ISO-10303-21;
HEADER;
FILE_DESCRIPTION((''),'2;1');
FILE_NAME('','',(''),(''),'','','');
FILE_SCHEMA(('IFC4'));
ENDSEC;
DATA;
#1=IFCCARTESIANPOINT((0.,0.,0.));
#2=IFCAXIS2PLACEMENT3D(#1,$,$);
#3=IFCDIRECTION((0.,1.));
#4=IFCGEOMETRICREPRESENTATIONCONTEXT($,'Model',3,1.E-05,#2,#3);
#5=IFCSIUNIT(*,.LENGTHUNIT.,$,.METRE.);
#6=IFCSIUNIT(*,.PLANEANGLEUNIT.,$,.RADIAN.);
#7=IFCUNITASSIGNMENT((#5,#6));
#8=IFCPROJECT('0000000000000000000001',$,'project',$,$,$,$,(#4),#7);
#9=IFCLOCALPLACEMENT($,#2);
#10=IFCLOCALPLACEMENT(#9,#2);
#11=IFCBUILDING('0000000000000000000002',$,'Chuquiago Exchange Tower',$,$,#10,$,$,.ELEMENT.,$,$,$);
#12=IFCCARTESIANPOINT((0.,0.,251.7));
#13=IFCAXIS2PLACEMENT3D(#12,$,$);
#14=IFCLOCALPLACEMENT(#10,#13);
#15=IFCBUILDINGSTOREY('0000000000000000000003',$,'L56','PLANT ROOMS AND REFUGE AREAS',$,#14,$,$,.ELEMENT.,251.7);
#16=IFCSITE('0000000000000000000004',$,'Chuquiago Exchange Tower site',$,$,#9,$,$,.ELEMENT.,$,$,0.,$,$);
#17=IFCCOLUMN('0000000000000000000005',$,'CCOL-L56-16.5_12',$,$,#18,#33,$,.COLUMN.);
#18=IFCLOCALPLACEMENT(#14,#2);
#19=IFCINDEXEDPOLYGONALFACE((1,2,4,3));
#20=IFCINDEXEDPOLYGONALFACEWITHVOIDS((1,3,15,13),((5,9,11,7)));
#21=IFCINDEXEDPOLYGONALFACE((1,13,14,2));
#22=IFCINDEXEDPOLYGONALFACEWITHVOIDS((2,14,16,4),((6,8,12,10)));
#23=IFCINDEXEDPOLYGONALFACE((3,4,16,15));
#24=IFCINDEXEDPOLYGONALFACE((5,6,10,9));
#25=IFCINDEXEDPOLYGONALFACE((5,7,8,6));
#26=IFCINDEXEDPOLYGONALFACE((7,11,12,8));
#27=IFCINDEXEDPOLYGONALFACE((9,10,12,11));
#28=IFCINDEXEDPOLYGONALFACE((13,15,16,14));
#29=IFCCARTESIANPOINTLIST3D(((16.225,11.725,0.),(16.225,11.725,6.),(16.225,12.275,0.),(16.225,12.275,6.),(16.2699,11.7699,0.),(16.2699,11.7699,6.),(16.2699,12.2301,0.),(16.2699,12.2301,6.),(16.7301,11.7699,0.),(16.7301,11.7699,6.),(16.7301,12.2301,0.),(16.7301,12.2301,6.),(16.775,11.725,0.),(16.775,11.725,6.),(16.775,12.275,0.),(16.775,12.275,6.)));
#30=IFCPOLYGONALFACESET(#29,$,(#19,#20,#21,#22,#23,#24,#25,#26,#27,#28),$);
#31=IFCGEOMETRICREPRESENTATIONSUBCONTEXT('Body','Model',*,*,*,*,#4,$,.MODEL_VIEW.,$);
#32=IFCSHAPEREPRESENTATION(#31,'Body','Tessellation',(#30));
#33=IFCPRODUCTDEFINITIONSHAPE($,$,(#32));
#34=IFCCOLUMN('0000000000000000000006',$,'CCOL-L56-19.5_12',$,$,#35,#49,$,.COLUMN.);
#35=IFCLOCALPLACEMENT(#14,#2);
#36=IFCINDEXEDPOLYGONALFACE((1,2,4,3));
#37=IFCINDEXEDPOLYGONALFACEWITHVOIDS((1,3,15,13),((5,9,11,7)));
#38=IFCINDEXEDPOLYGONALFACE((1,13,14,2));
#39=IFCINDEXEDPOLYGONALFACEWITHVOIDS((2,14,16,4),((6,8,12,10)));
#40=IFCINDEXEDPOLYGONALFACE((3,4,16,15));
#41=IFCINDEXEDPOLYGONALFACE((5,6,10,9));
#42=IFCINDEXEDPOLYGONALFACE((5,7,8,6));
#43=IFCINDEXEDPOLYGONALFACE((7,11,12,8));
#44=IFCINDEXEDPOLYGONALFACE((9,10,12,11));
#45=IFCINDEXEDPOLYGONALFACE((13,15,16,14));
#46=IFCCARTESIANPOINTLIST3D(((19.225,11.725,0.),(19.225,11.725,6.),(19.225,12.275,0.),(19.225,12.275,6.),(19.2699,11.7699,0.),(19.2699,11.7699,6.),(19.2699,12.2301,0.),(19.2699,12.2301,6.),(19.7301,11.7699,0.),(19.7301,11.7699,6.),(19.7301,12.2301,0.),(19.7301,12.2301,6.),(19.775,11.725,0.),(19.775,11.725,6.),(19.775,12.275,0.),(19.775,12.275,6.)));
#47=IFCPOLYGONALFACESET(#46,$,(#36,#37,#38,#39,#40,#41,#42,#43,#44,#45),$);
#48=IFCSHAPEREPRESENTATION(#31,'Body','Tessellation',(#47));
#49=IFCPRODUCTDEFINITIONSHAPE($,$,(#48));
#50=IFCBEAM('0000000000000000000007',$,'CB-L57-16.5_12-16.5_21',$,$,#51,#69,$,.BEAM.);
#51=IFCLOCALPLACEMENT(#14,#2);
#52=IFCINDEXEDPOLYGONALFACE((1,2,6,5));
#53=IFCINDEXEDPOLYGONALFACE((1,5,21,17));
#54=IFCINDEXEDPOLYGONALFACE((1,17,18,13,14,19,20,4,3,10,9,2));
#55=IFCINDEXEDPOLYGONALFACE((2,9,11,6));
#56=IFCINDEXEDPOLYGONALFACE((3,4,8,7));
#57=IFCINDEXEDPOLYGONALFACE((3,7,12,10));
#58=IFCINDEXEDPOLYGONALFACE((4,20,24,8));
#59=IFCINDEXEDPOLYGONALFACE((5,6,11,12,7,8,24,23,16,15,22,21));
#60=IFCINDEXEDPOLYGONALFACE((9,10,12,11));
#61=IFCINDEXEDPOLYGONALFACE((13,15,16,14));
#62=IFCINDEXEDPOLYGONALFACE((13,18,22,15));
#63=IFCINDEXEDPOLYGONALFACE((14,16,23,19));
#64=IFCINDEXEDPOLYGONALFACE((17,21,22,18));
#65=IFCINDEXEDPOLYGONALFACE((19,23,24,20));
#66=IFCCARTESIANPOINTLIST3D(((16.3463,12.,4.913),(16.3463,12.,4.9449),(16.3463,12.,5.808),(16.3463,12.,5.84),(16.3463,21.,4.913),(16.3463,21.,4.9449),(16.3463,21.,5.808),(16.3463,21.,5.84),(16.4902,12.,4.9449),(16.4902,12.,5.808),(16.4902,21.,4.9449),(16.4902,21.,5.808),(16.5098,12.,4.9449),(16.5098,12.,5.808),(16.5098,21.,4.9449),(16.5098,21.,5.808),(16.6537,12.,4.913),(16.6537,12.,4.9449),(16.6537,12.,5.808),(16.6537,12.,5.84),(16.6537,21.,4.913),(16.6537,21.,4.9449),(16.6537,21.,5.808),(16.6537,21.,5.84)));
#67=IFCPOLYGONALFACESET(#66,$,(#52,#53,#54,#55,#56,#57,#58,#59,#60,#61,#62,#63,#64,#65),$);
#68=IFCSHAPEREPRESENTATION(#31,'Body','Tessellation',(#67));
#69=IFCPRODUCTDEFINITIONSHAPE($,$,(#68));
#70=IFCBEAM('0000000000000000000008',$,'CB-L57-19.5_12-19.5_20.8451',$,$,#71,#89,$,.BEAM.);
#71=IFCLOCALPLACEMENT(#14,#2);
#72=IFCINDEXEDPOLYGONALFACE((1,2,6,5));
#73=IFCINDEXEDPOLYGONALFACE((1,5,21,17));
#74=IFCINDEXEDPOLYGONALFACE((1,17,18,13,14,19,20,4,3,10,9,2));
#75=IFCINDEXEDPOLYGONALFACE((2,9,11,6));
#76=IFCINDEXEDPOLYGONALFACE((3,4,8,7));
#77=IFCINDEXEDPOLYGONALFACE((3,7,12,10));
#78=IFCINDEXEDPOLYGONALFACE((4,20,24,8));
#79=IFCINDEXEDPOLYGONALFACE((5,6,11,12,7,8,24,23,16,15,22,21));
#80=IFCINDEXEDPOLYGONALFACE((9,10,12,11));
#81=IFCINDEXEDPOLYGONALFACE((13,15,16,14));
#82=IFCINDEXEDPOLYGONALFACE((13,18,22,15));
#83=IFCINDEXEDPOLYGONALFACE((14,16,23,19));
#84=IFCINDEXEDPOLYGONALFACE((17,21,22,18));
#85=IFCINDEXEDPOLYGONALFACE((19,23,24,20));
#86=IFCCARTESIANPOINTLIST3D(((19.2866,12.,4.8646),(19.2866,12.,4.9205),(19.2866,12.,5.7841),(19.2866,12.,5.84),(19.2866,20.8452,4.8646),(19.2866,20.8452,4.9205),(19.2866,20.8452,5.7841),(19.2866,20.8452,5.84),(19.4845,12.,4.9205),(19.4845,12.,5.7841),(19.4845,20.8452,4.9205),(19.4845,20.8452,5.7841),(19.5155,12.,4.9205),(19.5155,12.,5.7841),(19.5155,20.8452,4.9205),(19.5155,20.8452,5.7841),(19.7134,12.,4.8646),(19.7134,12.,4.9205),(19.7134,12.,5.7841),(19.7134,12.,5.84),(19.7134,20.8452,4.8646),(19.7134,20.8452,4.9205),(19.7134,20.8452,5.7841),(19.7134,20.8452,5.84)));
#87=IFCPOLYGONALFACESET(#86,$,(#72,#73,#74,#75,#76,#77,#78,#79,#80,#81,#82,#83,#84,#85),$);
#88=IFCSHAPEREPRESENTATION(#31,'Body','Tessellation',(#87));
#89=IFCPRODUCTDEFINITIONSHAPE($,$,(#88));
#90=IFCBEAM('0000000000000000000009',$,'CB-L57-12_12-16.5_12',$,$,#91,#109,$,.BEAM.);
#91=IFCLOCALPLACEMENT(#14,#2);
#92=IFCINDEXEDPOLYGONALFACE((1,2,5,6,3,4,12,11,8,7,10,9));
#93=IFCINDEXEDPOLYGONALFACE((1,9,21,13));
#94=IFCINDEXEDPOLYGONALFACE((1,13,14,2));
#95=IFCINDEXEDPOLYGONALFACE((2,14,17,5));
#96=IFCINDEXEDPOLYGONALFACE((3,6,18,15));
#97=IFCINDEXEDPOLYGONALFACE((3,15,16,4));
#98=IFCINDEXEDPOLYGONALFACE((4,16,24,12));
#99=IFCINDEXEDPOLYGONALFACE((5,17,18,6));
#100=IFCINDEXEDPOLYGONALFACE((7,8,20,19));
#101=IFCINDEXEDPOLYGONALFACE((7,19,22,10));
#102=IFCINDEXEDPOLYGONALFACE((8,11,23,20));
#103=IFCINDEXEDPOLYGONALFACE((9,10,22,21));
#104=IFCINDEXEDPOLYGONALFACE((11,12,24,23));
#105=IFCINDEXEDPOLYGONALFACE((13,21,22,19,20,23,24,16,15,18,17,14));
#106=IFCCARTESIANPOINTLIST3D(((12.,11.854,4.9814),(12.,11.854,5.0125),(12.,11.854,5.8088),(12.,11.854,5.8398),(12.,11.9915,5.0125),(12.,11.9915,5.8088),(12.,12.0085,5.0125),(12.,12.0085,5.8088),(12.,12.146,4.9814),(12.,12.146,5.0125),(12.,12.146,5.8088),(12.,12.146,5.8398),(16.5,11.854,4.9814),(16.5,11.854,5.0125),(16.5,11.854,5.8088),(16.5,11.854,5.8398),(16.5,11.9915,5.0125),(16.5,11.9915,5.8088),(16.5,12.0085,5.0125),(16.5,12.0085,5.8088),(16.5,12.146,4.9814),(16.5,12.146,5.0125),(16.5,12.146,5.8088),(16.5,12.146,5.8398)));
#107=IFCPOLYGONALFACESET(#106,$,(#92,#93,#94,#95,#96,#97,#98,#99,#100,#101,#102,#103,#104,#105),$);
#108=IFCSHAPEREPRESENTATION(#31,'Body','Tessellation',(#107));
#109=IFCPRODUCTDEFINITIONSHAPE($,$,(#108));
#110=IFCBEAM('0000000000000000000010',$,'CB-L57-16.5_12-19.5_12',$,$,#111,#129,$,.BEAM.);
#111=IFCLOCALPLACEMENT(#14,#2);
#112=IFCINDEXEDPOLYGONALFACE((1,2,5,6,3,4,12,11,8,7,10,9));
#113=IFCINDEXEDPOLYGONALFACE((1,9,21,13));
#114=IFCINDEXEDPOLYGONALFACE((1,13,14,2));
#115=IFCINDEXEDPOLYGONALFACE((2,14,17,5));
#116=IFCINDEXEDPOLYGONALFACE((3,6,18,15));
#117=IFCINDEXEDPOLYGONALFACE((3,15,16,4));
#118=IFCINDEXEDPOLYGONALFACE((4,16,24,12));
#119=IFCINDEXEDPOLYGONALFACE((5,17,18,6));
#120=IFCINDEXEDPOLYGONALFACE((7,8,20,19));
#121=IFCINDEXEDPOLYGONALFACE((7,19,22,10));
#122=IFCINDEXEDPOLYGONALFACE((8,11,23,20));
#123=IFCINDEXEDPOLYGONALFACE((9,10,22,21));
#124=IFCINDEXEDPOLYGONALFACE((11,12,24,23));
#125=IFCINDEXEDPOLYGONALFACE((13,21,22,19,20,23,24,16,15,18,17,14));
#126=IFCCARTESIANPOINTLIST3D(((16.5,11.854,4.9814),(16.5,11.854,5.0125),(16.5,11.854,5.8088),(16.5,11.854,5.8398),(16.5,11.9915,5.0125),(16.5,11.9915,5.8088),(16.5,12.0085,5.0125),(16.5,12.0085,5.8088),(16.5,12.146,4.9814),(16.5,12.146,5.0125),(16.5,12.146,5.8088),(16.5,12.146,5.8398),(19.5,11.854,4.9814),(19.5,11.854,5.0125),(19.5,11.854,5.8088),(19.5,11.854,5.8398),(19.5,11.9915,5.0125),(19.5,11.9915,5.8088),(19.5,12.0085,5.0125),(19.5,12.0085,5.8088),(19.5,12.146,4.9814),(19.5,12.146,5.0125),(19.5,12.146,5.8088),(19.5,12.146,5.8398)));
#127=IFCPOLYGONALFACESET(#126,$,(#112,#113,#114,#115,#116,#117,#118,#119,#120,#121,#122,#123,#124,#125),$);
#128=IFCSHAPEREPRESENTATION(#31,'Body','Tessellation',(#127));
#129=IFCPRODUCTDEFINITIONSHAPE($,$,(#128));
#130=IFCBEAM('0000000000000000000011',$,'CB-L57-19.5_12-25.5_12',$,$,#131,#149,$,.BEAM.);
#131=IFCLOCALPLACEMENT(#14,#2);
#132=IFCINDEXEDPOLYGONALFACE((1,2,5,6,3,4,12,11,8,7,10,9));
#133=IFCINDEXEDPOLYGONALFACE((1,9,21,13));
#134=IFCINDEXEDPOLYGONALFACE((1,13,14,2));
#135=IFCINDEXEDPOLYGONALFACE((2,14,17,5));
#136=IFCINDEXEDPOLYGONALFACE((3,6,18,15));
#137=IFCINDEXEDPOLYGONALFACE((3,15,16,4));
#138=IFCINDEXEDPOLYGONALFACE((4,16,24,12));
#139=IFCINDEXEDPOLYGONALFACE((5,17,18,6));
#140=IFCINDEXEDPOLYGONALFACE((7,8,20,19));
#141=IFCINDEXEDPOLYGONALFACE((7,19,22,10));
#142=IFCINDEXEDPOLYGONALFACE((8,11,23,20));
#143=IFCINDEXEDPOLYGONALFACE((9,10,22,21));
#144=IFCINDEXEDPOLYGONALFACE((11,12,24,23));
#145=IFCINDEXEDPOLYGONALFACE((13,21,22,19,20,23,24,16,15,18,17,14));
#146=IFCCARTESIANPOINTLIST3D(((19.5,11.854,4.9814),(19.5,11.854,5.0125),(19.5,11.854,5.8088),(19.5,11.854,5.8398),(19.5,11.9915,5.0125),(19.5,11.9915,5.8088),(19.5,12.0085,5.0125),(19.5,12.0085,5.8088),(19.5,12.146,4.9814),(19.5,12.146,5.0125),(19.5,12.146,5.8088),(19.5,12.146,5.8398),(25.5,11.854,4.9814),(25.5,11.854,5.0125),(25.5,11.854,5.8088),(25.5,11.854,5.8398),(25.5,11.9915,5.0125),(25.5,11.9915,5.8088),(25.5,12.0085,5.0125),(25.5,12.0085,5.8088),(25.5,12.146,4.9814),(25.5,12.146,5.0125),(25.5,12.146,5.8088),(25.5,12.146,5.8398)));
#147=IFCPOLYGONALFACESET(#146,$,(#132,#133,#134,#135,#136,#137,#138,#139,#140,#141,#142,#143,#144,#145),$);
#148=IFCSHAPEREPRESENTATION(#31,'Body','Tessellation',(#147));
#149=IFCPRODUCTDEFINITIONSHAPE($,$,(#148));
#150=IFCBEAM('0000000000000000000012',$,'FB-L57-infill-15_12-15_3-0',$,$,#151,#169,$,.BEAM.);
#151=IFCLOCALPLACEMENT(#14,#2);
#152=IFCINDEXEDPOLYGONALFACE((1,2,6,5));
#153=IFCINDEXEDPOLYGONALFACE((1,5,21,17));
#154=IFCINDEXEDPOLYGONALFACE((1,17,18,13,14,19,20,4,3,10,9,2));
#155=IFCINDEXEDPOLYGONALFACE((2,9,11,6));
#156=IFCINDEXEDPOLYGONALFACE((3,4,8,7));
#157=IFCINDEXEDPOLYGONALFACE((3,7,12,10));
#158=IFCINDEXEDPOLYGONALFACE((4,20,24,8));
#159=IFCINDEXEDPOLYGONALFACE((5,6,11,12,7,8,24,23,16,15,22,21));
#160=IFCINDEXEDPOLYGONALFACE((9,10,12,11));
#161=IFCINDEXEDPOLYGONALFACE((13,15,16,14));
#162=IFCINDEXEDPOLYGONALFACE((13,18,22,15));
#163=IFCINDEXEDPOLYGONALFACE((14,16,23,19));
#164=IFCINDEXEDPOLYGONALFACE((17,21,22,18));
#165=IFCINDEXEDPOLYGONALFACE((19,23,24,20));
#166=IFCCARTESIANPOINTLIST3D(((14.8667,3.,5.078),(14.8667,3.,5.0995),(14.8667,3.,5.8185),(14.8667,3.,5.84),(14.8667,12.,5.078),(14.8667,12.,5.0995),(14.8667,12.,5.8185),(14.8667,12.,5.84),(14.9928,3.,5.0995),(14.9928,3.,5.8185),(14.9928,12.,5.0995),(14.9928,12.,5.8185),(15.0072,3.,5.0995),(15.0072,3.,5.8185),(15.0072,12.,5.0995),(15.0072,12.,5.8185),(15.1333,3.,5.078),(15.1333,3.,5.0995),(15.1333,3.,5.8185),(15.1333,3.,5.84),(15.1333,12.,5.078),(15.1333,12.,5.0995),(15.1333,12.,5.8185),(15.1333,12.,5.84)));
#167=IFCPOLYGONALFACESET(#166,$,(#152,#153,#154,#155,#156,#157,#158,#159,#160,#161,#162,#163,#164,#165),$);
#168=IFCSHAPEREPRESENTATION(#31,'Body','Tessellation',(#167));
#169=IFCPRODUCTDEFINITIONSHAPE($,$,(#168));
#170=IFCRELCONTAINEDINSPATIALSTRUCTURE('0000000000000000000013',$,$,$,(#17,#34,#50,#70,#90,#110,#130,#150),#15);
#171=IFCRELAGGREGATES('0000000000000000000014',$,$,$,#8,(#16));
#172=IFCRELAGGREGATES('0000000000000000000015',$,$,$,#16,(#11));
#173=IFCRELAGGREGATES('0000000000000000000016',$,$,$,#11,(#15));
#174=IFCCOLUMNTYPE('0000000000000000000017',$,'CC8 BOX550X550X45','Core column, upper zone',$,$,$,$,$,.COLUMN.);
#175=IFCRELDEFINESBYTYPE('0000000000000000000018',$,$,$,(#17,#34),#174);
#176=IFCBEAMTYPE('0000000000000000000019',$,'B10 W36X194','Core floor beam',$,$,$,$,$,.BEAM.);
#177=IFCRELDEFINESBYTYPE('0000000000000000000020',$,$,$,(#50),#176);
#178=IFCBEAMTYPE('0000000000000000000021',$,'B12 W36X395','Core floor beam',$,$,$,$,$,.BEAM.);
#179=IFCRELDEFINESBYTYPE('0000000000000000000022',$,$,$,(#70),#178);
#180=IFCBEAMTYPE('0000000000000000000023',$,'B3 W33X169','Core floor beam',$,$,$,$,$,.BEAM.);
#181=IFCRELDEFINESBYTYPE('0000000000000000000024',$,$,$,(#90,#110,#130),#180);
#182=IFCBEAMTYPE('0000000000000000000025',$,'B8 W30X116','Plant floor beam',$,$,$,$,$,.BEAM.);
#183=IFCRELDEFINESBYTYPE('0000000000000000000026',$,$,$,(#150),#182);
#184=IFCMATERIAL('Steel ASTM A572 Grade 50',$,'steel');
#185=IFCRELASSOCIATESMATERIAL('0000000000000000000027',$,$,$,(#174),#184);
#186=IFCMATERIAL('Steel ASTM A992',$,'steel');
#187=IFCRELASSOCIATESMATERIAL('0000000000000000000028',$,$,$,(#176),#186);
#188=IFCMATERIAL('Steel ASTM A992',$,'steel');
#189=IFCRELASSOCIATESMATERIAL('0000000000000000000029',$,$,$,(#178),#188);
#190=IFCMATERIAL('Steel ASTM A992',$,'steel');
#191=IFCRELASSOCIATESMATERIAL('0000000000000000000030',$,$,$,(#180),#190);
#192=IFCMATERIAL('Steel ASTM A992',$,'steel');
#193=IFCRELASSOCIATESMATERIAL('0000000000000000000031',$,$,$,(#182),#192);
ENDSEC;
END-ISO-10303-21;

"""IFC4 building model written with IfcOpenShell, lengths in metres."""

from ifc_helpers import new_model, si_unit, direction, frame, origin, origin_2d, place, context, subcontext, project, spatial, hollow_rectangle, i_section, extrude, material, material_profile, profile_set, type_object, element, save


model = new_model("IFC4")

# Units and contexts
model_context = context("Model", 3, precision=1e-05, world=origin(), true_north=direction((0.0, 1.0)))
body_context = subcontext(model_context, "Body", "Model", "MODEL_VIEW")
ifc_project = project(units=[si_unit("LENGTHUNIT", "METRE"), si_unit("PLANEANGLEUNIT", "RADIAN")], contexts=[model_context])

# Site, building, storey
site_placement = place(None, origin())
site = spatial("IfcSite", under=ifc_project, at=site_placement, Name="Chuquiago Exchange Tower site", CompositionType="ELEMENT", RefElevation=0.0)
building_placement = place(site_placement, origin())
building = spatial("IfcBuilding", under=site, at=building_placement, Name="Chuquiago Exchange Tower", CompositionType="ELEMENT")
storey_placement = place(building_placement, frame((0.0, 0.0, 251.7)))
storey = spatial("IfcBuildingStorey", under=building, at=storey_placement, Name="L56", Description="PLANT ROOMS AND REFUGE AREAS", CompositionType="ELEMENT", Elevation=251.7)

# Columns
ifc_material_1 = material(Name="Steel ASTM A572 Grade 50", Category="steel")
ifc_material_profile_1 = material_profile(ifc_material_1, hollow_rectangle(XDim=0.55, YDim=0.55, WallThickness=0.0449, at=origin_2d()), Name="BOX550X550X45")
ifc_profile_set_1 = profile_set([ifc_material_profile_1], Name="Steel ASTM A572 Grade 50")
column_type = type_object("IfcColumnType", Name="CC8 BOX550X550X45", Description="Core column, upper zone", PredefinedType="COLUMN", material=ifc_profile_set_1)
for number, where, z_axis, x_axis, name in (
    (1, (16.5, 12.0, 0.0), (0.0, 0.0, 1.0), (1.0, 0.0, 0.0), "CCOL-L56-16.5_12"),
    (2, (19.5, 12.0, 0.0), (0.0, 0.0, 1.0), (1.0, 0.0, 0.0), "CCOL-L56-19.5_12"),
):
    element("IfcColumn", number, at=place(storey_placement, frame(where, z_axis=z_axis, x_axis=x_axis)), inside=storey, type_object=column_type, Name=name, PredefinedType="COLUMN", context=body_context, shape_type="SweptSolid", body=[
        extrude(hollow_rectangle(XDim=0.55, YDim=0.55, WallThickness=0.0449, at=origin_2d()), origin(), (0.0, 0.0, 1.0), 6.0),
    ])

# Beams
ifc_material_2 = material(Name="Steel ASTM A992", Category="steel")
ifc_material_profile_2 = material_profile(ifc_material_2, i_section(OverallWidth=0.3074, OverallDepth=0.927, WebThickness=0.0195, FlangeThickness=0.032, at=origin_2d()), Name="W36X194")
ifc_profile_set_2 = profile_set([ifc_material_profile_2], Name="Steel ASTM A992")
beam_type_1 = type_object("IfcBeamType", Name="B10 W36X194", Description="Core floor beam", PredefinedType="BEAM", material=ifc_profile_set_2)
beam_1_placement = place(storey_placement, frame((16.5, 12.0, 5.3765), z_axis=(0.0, 1.0, 0.0), x_axis=(-1.0, 0.0, 0.0)))
element("IfcBeam", 3, at=beam_1_placement, inside=storey, type_object=beam_type_1, Name="CB-L57-16.5_12-16.5_21", PredefinedType="BEAM", context=body_context, shape_type="SweptSolid", body=[
    extrude(i_section(OverallWidth=0.3074, OverallDepth=0.927, WebThickness=0.0195, FlangeThickness=0.032, at=origin_2d()), origin(), (0.0, 0.0, 1.0), 9.0),
])
ifc_material_3 = material(Name="Steel ASTM A992", Category="steel")
ifc_material_profile_3 = material_profile(ifc_material_3, i_section(OverallWidth=0.4268, OverallDepth=0.9753, WebThickness=0.031, FlangeThickness=0.0559, at=origin_2d()), Name="W36X395")
ifc_profile_set_3 = profile_set([ifc_material_profile_3], Name="Steel ASTM A992")
beam_type_2 = type_object("IfcBeamType", Name="B12 W36X395", Description="Core floor beam", PredefinedType="BEAM", material=ifc_profile_set_3)
beam_2_placement = place(storey_placement, frame((19.5, 12.0, 5.3523), z_axis=(0.0, 1.0, 0.0), x_axis=(-1.0, 0.0, 0.0)))
element("IfcBeam", 4, at=beam_2_placement, inside=storey, type_object=beam_type_2, Name="CB-L57-19.5_12-19.5_20.8451", PredefinedType="BEAM", context=body_context, shape_type="SweptSolid", body=[
    extrude(i_section(OverallWidth=0.4268, OverallDepth=0.9753, WebThickness=0.031, FlangeThickness=0.0559, at=origin_2d()), origin(), (0.0, 0.0, 1.0), 8.8452),
])
ifc_material_4 = material(Name="Steel ASTM A992", Category="steel")
ifc_material_profile_4 = material_profile(ifc_material_4, i_section(OverallWidth=0.292, OverallDepth=0.8584, WebThickness=0.0171, FlangeThickness=0.031, at=origin_2d()), Name="W33X169")
ifc_profile_set_4 = profile_set([ifc_material_profile_4], Name="Steel ASTM A992")
beam_type_3 = type_object("IfcBeamType", Name="B3 W33X169", Description="Core floor beam", PredefinedType="BEAM", material=ifc_profile_set_4)
beam_3_placement = place(storey_placement, frame((12.0, 12.0, 5.4106), z_axis=(1.0, 0.0, 0.0), x_axis=(0.0, 1.0, 0.0)))
element("IfcBeam", 5, at=beam_3_placement, inside=storey, type_object=beam_type_3, Name="CB-L57-12_12-16.5_12", PredefinedType="BEAM", context=body_context, shape_type="SweptSolid", body=[
    extrude(i_section(OverallWidth=0.292, OverallDepth=0.8584, WebThickness=0.0171, FlangeThickness=0.031, at=origin_2d()), origin(), (0.0, 0.0, 1.0), 4.5),
])
beam_4_placement = place(storey_placement, frame((16.5, 12.0, 5.4106), z_axis=(1.0, 0.0, 0.0), x_axis=(0.0, 1.0, 0.0)))
element("IfcBeam", 6, at=beam_4_placement, inside=storey, type_object=beam_type_3, Name="CB-L57-16.5_12-19.5_12", PredefinedType="BEAM", context=body_context, shape_type="SweptSolid", body=[
    extrude(i_section(OverallWidth=0.292, OverallDepth=0.8584, WebThickness=0.0171, FlangeThickness=0.031, at=origin_2d()), origin(), (0.0, 0.0, 1.0), 3.0),
])
beam_5_placement = place(storey_placement, frame((19.5, 12.0, 5.4106), z_axis=(1.0, 0.0, 0.0), x_axis=(0.0, 1.0, 0.0)))
element("IfcBeam", 7, at=beam_5_placement, inside=storey, type_object=beam_type_3, Name="CB-L57-19.5_12-25.5_12", PredefinedType="BEAM", context=body_context, shape_type="SweptSolid", body=[
    extrude(i_section(OverallWidth=0.292, OverallDepth=0.8584, WebThickness=0.0171, FlangeThickness=0.031, at=origin_2d()), origin(), (0.0, 0.0, 1.0), 6.0),
])
ifc_material_5 = material(Name="Steel ASTM A992", Category="steel")
ifc_material_profile_5 = material_profile(ifc_material_5, i_section(OverallWidth=0.2666, OverallDepth=0.762, WebThickness=0.0144, FlangeThickness=0.0215, at=origin_2d()), Name="W30X116")
ifc_profile_set_5 = profile_set([ifc_material_profile_5], Name="Steel ASTM A992")
beam_type_4 = type_object("IfcBeamType", Name="B8 W30X116", Description="Plant floor beam", PredefinedType="BEAM", material=ifc_profile_set_5)
beam_6_placement = place(storey_placement, frame((15.0, 12.0, 5.459), z_axis=(0.0, -1.0, 0.0), x_axis=(1.0, 0.0, 0.0)))
element("IfcBeam", 8, at=beam_6_placement, inside=storey, type_object=beam_type_4, Name="FB-L57-infill-15_12-15_3-0", PredefinedType="BEAM", context=body_context, shape_type="SweptSolid", body=[
    extrude(i_section(OverallWidth=0.2666, OverallDepth=0.762, WebThickness=0.0144, FlangeThickness=0.0215, at=origin_2d()), origin(), (0.0, 0.0, 1.0), 9.0),
])

save(model, "model.ifc")
